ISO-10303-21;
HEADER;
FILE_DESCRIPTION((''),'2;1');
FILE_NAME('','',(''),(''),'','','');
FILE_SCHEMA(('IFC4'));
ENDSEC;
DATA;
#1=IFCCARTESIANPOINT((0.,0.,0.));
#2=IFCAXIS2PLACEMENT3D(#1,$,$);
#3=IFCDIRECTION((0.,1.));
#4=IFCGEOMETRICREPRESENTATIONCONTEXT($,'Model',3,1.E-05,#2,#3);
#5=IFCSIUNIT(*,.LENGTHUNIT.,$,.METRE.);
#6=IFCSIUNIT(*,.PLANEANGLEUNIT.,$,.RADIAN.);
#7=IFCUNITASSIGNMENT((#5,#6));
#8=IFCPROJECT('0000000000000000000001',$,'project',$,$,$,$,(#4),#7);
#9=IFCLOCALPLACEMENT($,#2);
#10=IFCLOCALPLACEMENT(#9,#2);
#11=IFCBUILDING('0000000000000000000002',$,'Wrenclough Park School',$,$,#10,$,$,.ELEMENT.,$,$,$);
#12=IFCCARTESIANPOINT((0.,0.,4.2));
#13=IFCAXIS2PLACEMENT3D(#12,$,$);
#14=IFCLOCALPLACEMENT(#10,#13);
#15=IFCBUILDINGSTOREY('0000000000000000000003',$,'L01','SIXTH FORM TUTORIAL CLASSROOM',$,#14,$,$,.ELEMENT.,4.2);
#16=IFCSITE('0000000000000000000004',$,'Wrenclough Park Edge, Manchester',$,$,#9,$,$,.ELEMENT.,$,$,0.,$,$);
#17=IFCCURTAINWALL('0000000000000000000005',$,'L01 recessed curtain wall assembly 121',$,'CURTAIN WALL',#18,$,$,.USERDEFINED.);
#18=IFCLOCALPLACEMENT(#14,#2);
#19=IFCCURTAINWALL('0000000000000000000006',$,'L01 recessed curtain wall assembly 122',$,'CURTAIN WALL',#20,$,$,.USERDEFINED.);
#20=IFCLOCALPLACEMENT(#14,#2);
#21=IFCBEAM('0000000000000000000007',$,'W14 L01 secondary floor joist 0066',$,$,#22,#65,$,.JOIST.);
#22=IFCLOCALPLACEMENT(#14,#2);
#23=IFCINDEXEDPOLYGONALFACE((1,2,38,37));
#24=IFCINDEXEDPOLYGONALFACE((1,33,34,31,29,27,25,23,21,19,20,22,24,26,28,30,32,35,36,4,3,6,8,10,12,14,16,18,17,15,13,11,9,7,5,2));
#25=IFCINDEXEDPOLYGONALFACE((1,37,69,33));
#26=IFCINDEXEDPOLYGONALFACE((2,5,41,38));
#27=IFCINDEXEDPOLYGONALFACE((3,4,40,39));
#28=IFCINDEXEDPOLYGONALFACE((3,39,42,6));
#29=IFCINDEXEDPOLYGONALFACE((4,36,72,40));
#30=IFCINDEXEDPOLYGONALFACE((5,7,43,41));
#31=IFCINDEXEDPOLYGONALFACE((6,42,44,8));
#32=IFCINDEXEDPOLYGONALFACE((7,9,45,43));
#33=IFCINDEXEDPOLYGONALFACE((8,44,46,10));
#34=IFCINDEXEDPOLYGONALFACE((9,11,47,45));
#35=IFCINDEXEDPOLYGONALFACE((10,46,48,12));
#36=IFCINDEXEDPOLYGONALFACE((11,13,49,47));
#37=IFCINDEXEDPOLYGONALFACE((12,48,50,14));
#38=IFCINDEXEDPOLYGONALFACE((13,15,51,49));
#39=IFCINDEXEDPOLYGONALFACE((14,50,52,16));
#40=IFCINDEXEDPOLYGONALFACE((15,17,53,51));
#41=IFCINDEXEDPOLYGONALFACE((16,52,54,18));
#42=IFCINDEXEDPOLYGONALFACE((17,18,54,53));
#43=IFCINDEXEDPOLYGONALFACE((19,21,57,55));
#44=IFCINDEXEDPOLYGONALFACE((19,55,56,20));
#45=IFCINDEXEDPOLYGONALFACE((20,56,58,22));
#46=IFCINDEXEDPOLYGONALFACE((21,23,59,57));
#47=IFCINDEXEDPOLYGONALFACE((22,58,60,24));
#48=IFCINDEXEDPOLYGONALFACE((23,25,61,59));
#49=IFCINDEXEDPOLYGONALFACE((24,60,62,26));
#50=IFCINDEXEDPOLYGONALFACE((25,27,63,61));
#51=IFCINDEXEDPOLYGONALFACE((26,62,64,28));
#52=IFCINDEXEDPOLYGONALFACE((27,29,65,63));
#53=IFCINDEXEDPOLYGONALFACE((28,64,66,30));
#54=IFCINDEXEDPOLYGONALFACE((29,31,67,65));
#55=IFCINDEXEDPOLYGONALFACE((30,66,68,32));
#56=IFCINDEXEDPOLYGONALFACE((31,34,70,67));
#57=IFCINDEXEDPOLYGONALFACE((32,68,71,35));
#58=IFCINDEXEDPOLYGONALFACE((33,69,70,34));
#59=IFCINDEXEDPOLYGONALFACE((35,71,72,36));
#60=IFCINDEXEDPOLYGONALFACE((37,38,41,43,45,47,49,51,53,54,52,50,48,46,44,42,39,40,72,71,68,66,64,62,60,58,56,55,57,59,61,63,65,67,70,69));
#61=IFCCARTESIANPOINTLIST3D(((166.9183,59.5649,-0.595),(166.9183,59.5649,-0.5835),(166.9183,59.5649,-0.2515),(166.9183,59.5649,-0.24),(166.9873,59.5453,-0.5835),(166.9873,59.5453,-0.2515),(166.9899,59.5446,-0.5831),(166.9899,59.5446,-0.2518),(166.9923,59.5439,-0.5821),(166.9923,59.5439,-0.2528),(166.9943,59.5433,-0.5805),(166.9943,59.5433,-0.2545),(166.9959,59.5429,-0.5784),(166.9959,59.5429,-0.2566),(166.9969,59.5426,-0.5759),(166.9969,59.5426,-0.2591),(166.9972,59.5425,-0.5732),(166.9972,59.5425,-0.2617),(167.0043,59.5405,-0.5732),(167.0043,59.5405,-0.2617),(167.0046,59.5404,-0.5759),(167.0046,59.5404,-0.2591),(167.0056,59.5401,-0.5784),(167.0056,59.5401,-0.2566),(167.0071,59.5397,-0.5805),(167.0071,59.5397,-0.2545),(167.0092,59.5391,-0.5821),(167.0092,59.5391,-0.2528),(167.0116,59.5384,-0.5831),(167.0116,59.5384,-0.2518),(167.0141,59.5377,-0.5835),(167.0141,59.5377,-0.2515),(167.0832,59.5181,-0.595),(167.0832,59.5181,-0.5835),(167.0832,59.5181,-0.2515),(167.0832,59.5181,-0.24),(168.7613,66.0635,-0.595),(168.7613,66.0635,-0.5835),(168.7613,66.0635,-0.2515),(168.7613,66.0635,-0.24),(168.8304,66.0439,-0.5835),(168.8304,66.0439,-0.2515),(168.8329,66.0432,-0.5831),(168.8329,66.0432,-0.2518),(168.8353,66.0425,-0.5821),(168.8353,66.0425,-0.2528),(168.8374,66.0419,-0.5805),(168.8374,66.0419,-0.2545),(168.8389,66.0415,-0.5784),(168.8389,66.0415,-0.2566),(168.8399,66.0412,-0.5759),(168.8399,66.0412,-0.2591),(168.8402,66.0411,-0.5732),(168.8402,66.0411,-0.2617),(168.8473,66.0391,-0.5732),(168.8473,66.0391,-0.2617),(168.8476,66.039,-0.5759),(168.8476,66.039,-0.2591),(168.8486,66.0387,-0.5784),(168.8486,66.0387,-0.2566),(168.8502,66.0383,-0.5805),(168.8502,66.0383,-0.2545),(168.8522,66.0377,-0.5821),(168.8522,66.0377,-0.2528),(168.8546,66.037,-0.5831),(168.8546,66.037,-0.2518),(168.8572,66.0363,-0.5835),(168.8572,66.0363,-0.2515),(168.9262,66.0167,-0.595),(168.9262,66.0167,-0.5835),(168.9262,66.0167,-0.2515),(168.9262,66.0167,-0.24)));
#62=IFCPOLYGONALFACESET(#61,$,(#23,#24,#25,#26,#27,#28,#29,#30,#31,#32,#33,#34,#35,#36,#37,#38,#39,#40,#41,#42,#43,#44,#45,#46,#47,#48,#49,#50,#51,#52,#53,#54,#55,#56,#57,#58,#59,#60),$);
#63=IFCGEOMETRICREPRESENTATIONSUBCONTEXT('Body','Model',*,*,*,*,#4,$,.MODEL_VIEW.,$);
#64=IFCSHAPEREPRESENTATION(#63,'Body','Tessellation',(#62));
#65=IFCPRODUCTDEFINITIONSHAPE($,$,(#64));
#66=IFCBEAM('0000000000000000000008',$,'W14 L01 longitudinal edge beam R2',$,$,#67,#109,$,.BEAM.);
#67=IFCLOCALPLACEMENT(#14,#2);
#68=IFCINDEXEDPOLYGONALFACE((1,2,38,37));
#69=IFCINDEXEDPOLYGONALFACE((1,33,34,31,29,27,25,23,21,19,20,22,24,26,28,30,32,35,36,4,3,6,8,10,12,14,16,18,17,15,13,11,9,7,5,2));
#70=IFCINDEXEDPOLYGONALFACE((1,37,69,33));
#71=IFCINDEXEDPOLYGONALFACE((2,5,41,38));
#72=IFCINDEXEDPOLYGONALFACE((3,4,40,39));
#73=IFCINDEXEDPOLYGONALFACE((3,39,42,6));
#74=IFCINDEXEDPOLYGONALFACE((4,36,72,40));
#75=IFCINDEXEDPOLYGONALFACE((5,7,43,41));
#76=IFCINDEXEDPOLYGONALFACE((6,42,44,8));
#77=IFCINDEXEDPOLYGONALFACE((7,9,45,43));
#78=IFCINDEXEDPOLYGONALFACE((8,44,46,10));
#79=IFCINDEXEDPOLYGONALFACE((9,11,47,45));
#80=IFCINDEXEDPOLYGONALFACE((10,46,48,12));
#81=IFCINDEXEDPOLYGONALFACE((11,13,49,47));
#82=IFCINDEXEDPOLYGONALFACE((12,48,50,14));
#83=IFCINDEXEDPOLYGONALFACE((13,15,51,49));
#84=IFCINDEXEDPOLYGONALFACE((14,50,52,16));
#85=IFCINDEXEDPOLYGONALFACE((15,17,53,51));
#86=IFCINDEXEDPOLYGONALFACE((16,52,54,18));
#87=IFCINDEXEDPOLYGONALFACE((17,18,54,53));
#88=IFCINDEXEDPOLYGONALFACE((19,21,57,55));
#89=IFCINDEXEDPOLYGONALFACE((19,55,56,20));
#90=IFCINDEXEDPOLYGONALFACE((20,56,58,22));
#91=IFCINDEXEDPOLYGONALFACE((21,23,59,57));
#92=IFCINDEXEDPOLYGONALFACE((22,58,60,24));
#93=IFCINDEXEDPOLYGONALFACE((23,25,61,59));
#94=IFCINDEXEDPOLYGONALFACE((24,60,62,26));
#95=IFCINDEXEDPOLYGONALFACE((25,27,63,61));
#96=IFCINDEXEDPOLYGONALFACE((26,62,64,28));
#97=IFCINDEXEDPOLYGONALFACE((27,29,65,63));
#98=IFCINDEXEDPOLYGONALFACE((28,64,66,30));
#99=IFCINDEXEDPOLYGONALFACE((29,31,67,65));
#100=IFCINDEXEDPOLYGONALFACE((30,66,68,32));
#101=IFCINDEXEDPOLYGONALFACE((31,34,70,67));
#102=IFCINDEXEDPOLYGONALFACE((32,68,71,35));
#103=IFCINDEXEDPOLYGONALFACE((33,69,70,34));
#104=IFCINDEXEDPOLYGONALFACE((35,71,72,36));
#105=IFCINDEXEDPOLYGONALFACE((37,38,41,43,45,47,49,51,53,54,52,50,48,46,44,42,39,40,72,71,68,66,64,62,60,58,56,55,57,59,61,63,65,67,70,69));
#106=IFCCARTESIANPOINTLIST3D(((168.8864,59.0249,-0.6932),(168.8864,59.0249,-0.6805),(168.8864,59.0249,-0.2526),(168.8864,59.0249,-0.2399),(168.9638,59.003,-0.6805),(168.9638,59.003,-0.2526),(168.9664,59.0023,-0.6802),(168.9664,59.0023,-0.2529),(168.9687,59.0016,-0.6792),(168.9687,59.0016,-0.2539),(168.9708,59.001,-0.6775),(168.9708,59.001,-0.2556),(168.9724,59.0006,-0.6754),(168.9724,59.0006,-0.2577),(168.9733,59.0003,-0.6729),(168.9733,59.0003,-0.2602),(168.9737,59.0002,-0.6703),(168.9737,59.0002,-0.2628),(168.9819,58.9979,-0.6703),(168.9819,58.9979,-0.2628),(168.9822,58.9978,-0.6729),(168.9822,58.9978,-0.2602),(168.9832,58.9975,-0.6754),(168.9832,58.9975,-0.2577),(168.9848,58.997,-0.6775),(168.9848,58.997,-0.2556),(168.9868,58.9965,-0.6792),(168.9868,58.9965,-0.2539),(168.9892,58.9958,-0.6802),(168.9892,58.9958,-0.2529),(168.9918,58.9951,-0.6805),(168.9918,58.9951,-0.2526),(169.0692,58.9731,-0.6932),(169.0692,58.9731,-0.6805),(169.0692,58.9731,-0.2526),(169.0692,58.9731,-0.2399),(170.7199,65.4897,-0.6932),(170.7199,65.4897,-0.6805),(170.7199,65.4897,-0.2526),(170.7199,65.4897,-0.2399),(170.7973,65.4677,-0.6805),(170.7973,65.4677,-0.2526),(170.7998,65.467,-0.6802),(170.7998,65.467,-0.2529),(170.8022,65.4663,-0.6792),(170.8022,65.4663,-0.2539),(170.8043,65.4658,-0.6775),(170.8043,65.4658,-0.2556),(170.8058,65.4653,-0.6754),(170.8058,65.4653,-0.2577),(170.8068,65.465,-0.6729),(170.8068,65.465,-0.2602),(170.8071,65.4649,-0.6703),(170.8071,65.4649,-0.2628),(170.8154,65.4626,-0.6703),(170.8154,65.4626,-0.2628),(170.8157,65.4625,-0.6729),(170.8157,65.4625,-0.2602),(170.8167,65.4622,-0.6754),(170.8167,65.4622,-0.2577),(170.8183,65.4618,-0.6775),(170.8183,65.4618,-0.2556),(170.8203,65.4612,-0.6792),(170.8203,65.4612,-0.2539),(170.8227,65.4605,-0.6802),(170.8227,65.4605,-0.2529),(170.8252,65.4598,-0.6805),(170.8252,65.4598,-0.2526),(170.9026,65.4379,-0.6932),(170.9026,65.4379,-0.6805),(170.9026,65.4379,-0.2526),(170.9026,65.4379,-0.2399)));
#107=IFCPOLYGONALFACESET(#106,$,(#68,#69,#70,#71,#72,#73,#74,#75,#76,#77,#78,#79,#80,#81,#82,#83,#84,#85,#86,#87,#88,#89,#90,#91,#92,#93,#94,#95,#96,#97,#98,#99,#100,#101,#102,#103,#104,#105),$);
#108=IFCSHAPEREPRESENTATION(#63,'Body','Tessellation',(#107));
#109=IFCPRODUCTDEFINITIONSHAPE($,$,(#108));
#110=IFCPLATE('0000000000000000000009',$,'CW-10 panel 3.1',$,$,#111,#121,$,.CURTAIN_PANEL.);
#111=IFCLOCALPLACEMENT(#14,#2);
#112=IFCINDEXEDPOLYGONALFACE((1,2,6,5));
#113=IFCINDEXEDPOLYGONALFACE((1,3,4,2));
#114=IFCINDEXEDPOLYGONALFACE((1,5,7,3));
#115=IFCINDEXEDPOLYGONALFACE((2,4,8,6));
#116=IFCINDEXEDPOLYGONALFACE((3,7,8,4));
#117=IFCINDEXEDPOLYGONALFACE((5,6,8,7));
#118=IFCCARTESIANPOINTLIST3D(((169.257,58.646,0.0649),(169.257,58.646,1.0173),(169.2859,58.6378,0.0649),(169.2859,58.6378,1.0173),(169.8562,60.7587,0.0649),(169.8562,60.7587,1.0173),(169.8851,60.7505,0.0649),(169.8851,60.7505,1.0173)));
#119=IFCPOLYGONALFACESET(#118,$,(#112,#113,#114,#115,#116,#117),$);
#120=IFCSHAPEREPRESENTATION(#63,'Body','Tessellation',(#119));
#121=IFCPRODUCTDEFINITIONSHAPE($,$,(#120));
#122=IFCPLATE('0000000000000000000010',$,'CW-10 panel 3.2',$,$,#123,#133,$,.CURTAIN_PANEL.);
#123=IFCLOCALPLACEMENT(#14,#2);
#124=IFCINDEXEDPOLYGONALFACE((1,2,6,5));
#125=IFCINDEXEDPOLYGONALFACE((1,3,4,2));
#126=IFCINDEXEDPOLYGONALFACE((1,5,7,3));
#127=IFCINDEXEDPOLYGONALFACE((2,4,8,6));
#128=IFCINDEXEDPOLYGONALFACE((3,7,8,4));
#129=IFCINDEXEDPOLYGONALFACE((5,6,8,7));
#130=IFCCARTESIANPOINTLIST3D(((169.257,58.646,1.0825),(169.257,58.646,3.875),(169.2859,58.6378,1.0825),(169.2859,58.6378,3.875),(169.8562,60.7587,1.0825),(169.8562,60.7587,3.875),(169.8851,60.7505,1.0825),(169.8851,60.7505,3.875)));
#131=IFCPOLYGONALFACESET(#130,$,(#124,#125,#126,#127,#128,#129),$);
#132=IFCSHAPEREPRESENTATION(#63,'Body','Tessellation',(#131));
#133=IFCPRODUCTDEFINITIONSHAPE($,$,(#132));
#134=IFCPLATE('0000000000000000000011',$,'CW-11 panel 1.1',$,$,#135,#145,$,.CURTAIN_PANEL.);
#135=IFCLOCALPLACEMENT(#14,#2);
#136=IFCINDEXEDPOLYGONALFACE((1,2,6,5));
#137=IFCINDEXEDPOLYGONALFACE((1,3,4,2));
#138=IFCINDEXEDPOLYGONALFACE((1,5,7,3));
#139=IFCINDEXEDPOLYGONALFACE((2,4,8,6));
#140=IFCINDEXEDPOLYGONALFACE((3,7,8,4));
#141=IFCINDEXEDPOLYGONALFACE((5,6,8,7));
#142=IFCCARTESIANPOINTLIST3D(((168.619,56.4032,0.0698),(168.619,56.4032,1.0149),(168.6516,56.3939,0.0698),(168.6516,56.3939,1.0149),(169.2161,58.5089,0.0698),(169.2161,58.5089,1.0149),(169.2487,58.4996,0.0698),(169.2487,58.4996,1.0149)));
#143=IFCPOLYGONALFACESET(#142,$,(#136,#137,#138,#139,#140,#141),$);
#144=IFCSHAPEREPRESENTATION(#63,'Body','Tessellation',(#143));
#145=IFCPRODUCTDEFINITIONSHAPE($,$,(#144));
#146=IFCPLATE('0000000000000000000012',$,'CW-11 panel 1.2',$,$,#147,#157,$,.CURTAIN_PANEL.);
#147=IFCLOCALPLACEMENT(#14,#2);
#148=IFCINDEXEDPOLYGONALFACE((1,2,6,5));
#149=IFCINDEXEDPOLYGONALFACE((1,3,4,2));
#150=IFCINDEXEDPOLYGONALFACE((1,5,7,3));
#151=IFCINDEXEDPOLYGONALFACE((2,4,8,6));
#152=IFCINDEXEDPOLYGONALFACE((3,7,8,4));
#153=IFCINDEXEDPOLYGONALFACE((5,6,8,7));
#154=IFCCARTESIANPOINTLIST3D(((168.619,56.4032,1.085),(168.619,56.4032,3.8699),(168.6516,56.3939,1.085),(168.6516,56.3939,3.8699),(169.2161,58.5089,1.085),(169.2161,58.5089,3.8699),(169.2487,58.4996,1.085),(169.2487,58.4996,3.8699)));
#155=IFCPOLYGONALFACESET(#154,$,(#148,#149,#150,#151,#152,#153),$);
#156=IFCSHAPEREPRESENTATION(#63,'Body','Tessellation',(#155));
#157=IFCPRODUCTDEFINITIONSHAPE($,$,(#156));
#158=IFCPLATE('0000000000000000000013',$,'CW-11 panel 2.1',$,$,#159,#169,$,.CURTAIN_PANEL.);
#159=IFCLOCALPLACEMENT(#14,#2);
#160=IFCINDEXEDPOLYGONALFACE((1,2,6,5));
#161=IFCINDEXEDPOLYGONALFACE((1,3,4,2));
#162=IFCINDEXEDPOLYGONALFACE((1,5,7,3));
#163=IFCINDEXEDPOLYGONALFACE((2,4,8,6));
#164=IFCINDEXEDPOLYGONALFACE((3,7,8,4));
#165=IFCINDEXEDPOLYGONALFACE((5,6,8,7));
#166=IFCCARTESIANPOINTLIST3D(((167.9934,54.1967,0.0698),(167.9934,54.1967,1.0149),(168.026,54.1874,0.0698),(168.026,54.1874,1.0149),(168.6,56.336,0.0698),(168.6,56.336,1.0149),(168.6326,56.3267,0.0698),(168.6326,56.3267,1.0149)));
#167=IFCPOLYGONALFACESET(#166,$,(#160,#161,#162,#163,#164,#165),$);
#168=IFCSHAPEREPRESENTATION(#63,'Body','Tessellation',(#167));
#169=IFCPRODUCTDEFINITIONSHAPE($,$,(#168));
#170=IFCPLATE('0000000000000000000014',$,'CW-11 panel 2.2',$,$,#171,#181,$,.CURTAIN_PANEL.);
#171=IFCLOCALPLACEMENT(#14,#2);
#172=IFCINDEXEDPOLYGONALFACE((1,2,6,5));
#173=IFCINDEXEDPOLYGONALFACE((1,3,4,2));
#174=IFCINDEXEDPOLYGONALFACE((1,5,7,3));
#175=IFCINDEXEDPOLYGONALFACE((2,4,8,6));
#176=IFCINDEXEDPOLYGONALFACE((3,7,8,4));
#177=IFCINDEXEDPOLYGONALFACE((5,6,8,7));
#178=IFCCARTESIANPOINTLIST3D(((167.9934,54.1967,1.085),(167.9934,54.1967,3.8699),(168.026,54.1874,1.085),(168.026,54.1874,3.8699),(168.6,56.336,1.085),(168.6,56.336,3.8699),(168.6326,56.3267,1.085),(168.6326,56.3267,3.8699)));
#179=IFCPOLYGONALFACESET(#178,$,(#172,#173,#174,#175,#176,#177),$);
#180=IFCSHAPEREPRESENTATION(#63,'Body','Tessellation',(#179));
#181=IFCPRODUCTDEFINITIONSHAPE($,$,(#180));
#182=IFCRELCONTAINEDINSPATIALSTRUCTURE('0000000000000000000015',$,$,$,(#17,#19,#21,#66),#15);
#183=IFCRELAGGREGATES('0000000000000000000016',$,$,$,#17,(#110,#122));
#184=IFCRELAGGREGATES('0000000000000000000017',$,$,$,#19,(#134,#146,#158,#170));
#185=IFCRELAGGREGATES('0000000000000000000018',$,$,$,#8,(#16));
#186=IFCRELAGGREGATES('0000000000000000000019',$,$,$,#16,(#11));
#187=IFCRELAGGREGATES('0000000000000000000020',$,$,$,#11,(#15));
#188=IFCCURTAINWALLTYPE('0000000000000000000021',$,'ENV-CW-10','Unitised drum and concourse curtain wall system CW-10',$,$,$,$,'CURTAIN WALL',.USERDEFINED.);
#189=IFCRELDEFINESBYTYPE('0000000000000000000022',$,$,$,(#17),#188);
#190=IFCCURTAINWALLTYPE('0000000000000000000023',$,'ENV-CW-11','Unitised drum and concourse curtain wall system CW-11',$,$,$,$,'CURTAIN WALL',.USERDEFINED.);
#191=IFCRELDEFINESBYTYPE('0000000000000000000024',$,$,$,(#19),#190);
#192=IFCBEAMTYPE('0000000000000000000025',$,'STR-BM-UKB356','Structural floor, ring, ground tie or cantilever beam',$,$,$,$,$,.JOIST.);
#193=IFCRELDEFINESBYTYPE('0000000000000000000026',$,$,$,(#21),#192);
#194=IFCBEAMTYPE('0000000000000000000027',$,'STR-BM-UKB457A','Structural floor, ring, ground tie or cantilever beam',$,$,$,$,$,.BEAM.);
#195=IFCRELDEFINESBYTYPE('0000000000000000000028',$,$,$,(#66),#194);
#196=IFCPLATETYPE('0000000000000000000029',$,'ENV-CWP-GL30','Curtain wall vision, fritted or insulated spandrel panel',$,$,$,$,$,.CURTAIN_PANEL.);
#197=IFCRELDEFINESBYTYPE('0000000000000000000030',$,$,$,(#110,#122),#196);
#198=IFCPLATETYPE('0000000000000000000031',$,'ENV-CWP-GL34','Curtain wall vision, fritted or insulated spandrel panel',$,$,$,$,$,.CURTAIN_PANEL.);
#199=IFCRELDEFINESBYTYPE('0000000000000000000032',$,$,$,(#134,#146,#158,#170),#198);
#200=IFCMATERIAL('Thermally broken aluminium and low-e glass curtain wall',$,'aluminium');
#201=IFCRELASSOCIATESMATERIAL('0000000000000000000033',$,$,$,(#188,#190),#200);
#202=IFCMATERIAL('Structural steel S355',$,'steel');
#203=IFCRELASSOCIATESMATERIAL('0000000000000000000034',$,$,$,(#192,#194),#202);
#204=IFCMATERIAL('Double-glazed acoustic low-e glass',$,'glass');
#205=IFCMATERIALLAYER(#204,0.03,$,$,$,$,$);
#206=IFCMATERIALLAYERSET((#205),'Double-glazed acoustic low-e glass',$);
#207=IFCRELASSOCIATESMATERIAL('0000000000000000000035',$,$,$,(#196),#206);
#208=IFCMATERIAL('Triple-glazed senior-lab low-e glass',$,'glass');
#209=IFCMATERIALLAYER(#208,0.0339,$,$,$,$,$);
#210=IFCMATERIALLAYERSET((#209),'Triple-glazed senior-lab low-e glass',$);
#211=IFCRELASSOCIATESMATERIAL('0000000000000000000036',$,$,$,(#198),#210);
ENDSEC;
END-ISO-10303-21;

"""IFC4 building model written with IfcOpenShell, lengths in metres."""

from ifc_helpers import new_model, si_unit, direction, frame, origin, origin_2d, place, context, subcontext, project, spatial, rectangle, i_section, extrude, material, layer, layer_set, material_profile, profile_set, type_object, element, aggregate, save


model = new_model("IFC4")

# Units and contexts
model_context = context("Model", 3, precision=1e-05, world=origin(), true_north=direction((0.0, 1.0)))
body_context = subcontext(model_context, "Body", "Model", "MODEL_VIEW")
ifc_project = project(units=[si_unit("LENGTHUNIT", "METRE"), si_unit("PLANEANGLEUNIT", "RADIAN")], contexts=[model_context])

# Site, building, storey
site_placement = place(None, origin())
site = spatial("IfcSite", under=ifc_project, at=site_placement, Name="Wrenclough Park Edge, Manchester", CompositionType="ELEMENT", RefElevation=0.0)
building_placement = place(site_placement, origin())
building = spatial("IfcBuilding", under=site, at=building_placement, Name="Wrenclough Park School", CompositionType="ELEMENT")
storey_placement = place(building_placement, frame((0.0, 0.0, 4.2)))
storey = spatial("IfcBuildingStorey", under=building, at=storey_placement, Name="L01", Description="SIXTH FORM TUTORIAL CLASSROOM", CompositionType="ELEMENT", Elevation=4.2)

# Shared definitions
ifc_material_1 = material(Name="Structural steel S355", Category="steel")

# Curtain wall
ifc_material_2 = material(Name="Thermally broken aluminium and low-e glass curtain wall", Category="aluminium")
curtain_wall_type_1 = type_object("IfcCurtainWallType", Name="ENV-CW-10", Description="Unitised drum and concourse curtain wall system CW-10", ElementType="CURTAIN WALL", PredefinedType="USERDEFINED", material=ifc_material_2)
curtain_wall_1_placement = place(storey_placement, origin())
curtain_wall_1 = element("IfcCurtainWall", 1, at=curtain_wall_1_placement, inside=storey, type_object=curtain_wall_type_1, Name="L01 recessed curtain wall assembly 121", ObjectType="CURTAIN WALL", PredefinedType="USERDEFINED")

# Curtain wall
curtain_wall_type_2 = type_object("IfcCurtainWallType", Name="ENV-CW-11", Description="Unitised drum and concourse curtain wall system CW-11", ElementType="CURTAIN WALL", PredefinedType="USERDEFINED", material=ifc_material_2)
curtain_wall_2_placement = place(storey_placement, origin())
curtain_wall_2 = element("IfcCurtainWall", 2, at=curtain_wall_2_placement, inside=storey, type_object=curtain_wall_type_2, Name="L01 recessed curtain wall assembly 122", ObjectType="CURTAIN WALL", PredefinedType="USERDEFINED")

# Beams
ifc_material_profile_1 = material_profile(ifc_material_1, i_section(OverallWidth=0.1714, OverallDepth=0.355, WebThickness=0.0073, FlangeThickness=0.0115, FilletRadius=0.0103, at=origin_2d()), Name="UKB 356x171x51")
ifc_profile_set_1 = profile_set([ifc_material_profile_1], Name="Structural steel S355")
beam_type_1 = type_object("IfcBeamType", Name="STR-BM-UKB356", Description="Structural floor, ring, ground tie or cantilever beam", PredefinedType="JOIST", material=ifc_profile_set_1)
for number, where, z_axis, x_axis, name in (
    (3, (167.0007, 59.5415, -0.4175), (0.272845, 0.962058, 0.0), (-0.962058, 0.272845, 0.0), "W14 L01 secondary floor joist 0066"),
):
    element("IfcBeam", number, at=place(storey_placement, frame(where, z_axis=z_axis, x_axis=x_axis)), inside=storey, type_object=beam_type_1, Name=name, PredefinedType="JOIST", context=body_context, shape_type="SweptSolid", body=[
        extrude(i_section(OverallWidth=0.1714, OverallDepth=0.355, WebThickness=0.0073, FlangeThickness=0.0115, FilletRadius=0.0103, at=origin_2d()), origin(), (0.0, 0.0, 1.0), 6.7549),
    ])
ifc_material_profile_2 = material_profile(ifc_material_1, i_section(OverallWidth=0.1899, OverallDepth=0.4534, WebThickness=0.0085, FlangeThickness=0.0127, FilletRadius=0.0103, at=origin_2d()), Name="UKB 457x191x67")
ifc_profile_set_2 = profile_set([ifc_material_profile_2], Name="Structural steel S355")
beam_type_2 = type_object("IfcBeamType", Name="STR-BM-UKB457A", Description="Structural floor, ring, ground tie or cantilever beam", PredefinedType="BEAM", material=ifc_profile_set_2)
beam_1_placement = place(storey_placement, frame((168.9778, 58.999, -0.4666), z_axis=(0.272849, 0.962057, 0.0), x_axis=(-0.962057, 0.272849, 0.0)))
element("IfcBeam", 4, at=beam_1_placement, inside=storey, type_object=beam_type_2, Name="W14 L01 longitudinal edge beam R2", PredefinedType="BEAM", context=body_context, shape_type="SweptSolid", body=[
    extrude(i_section(OverallWidth=0.1899, OverallDepth=0.4534, WebThickness=0.0085, FlangeThickness=0.0127, FilletRadius=0.0103, at=origin_2d()), origin(), (0.0, 0.0, 1.0), 6.7197),
])

# Plates
ifc_material_3 = material(Name="Double-glazed acoustic low-e glass", Category="glass")
ifc_layer_1 = layer(ifc_material_3, 0.03)
ifc_layer_set_1 = layer_set([ifc_layer_1], Name="Double-glazed acoustic low-e glass")
plate_type_1 = type_object("IfcPlateType", Name="ENV-CWP-GL30", Description="Curtain wall vision, fritted or insulated spandrel panel", PredefinedType="CURTAIN_PANEL", material=ifc_layer_set_1)
plate_1_placement = place(storey_placement, frame((169.571, 59.6982, 0.0649), z_axis=(0.0, 0.0, 1.0), x_axis=(-0.272826, -0.962063, 0.0)))
plate_1 = element("IfcPlate", 5, at=plate_1_placement, type_object=plate_type_1, Name="CW-10 panel 3.1", PredefinedType="CURTAIN_PANEL", context=body_context, shape_type="SweptSolid", body=[
    extrude(rectangle(XDim=2.196, YDim=0.03, at=origin_2d()), origin(), (0.0, 0.0, 1.0), 0.9524),
])
plate_2_placement = place(storey_placement, frame((169.571, 59.6982, 1.0825), z_axis=(0.0, 0.0, 1.0), x_axis=(-0.272826, -0.962063, 0.0)))
plate_2 = element("IfcPlate", 6, at=plate_2_placement, type_object=plate_type_1, Name="CW-10 panel 3.2", PredefinedType="CURTAIN_PANEL", context=body_context, shape_type="SweptSolid", body=[
    extrude(rectangle(XDim=2.196, YDim=0.03, at=origin_2d()), origin(), (0.0, 0.0, 1.0), 2.7925),
])
aggregate(curtain_wall_1, [plate_1, plate_2])
ifc_material_4 = material(Name="Triple-glazed senior-lab low-e glass", Category="glass")
ifc_layer_2 = layer(ifc_material_4, 0.0339)
ifc_layer_set_2 = layer_set([ifc_layer_2], Name="Triple-glazed senior-lab low-e glass")
plate_type_2 = type_object("IfcPlateType", Name="ENV-CWP-GL34", Description="Curtain wall vision, fritted or insulated spandrel panel", PredefinedType="CURTAIN_PANEL", material=ifc_layer_set_2)
plate_3_placement = place(storey_placement, frame((168.9338, 57.4514, 0.0698), z_axis=(0.0, 0.0, 1.0), x_axis=(-0.272809, -0.962068, 0.0)))
plate_3 = element("IfcPlate", 7, at=plate_3_placement, type_object=plate_type_2, Name="CW-11 panel 1.1", PredefinedType="CURTAIN_PANEL", context=body_context, shape_type="SweptSolid", body=[
    extrude(rectangle(XDim=2.1887, YDim=0.0339, at=origin_2d()), origin(), (0.0, 0.0, 1.0), 0.9451),
])
plate_4_placement = place(storey_placement, frame((168.9338, 57.4514, 1.085), z_axis=(0.0, 0.0, 1.0), x_axis=(-0.272809, -0.962068, 0.0)))
plate_4 = element("IfcPlate", 8, at=plate_4_placement, type_object=plate_type_2, Name="CW-11 panel 1.2", PredefinedType="CURTAIN_PANEL", context=body_context, shape_type="SweptSolid", body=[
    extrude(rectangle(XDim=2.1887, YDim=0.0339, at=origin_2d()), origin(), (0.0, 0.0, 1.0), 2.7849),
])
plate_5_placement = place(storey_placement, frame((168.313, 55.2617, 0.0698), z_axis=(0.0, 0.0, 1.0), x_axis=(-0.272809, -0.962068, 0.0)))
plate_5 = element("IfcPlate", 9, at=plate_5_placement, type_object=plate_type_2, Name="CW-11 panel 2.1", PredefinedType="CURTAIN_PANEL", context=body_context, shape_type="SweptSolid", body=[
    extrude(rectangle(XDim=2.2236, YDim=0.0339, at=origin_2d()), origin(), (0.0, 0.0, 1.0), 0.9451),
])
plate_6_placement = place(storey_placement, frame((168.313, 55.2617, 1.085), z_axis=(0.0, 0.0, 1.0), x_axis=(-0.272809, -0.962068, 0.0)))
plate_6 = element("IfcPlate", 10, at=plate_6_placement, type_object=plate_type_2, Name="CW-11 panel 2.2", PredefinedType="CURTAIN_PANEL", context=body_context, shape_type="SweptSolid", body=[
    extrude(rectangle(XDim=2.2236, YDim=0.0339, at=origin_2d()), origin(), (0.0, 0.0, 1.0), 2.7849),
])
aggregate(curtain_wall_2, [plate_3, plate_4, plate_5, plate_6])

save(model, "model.ifc")
